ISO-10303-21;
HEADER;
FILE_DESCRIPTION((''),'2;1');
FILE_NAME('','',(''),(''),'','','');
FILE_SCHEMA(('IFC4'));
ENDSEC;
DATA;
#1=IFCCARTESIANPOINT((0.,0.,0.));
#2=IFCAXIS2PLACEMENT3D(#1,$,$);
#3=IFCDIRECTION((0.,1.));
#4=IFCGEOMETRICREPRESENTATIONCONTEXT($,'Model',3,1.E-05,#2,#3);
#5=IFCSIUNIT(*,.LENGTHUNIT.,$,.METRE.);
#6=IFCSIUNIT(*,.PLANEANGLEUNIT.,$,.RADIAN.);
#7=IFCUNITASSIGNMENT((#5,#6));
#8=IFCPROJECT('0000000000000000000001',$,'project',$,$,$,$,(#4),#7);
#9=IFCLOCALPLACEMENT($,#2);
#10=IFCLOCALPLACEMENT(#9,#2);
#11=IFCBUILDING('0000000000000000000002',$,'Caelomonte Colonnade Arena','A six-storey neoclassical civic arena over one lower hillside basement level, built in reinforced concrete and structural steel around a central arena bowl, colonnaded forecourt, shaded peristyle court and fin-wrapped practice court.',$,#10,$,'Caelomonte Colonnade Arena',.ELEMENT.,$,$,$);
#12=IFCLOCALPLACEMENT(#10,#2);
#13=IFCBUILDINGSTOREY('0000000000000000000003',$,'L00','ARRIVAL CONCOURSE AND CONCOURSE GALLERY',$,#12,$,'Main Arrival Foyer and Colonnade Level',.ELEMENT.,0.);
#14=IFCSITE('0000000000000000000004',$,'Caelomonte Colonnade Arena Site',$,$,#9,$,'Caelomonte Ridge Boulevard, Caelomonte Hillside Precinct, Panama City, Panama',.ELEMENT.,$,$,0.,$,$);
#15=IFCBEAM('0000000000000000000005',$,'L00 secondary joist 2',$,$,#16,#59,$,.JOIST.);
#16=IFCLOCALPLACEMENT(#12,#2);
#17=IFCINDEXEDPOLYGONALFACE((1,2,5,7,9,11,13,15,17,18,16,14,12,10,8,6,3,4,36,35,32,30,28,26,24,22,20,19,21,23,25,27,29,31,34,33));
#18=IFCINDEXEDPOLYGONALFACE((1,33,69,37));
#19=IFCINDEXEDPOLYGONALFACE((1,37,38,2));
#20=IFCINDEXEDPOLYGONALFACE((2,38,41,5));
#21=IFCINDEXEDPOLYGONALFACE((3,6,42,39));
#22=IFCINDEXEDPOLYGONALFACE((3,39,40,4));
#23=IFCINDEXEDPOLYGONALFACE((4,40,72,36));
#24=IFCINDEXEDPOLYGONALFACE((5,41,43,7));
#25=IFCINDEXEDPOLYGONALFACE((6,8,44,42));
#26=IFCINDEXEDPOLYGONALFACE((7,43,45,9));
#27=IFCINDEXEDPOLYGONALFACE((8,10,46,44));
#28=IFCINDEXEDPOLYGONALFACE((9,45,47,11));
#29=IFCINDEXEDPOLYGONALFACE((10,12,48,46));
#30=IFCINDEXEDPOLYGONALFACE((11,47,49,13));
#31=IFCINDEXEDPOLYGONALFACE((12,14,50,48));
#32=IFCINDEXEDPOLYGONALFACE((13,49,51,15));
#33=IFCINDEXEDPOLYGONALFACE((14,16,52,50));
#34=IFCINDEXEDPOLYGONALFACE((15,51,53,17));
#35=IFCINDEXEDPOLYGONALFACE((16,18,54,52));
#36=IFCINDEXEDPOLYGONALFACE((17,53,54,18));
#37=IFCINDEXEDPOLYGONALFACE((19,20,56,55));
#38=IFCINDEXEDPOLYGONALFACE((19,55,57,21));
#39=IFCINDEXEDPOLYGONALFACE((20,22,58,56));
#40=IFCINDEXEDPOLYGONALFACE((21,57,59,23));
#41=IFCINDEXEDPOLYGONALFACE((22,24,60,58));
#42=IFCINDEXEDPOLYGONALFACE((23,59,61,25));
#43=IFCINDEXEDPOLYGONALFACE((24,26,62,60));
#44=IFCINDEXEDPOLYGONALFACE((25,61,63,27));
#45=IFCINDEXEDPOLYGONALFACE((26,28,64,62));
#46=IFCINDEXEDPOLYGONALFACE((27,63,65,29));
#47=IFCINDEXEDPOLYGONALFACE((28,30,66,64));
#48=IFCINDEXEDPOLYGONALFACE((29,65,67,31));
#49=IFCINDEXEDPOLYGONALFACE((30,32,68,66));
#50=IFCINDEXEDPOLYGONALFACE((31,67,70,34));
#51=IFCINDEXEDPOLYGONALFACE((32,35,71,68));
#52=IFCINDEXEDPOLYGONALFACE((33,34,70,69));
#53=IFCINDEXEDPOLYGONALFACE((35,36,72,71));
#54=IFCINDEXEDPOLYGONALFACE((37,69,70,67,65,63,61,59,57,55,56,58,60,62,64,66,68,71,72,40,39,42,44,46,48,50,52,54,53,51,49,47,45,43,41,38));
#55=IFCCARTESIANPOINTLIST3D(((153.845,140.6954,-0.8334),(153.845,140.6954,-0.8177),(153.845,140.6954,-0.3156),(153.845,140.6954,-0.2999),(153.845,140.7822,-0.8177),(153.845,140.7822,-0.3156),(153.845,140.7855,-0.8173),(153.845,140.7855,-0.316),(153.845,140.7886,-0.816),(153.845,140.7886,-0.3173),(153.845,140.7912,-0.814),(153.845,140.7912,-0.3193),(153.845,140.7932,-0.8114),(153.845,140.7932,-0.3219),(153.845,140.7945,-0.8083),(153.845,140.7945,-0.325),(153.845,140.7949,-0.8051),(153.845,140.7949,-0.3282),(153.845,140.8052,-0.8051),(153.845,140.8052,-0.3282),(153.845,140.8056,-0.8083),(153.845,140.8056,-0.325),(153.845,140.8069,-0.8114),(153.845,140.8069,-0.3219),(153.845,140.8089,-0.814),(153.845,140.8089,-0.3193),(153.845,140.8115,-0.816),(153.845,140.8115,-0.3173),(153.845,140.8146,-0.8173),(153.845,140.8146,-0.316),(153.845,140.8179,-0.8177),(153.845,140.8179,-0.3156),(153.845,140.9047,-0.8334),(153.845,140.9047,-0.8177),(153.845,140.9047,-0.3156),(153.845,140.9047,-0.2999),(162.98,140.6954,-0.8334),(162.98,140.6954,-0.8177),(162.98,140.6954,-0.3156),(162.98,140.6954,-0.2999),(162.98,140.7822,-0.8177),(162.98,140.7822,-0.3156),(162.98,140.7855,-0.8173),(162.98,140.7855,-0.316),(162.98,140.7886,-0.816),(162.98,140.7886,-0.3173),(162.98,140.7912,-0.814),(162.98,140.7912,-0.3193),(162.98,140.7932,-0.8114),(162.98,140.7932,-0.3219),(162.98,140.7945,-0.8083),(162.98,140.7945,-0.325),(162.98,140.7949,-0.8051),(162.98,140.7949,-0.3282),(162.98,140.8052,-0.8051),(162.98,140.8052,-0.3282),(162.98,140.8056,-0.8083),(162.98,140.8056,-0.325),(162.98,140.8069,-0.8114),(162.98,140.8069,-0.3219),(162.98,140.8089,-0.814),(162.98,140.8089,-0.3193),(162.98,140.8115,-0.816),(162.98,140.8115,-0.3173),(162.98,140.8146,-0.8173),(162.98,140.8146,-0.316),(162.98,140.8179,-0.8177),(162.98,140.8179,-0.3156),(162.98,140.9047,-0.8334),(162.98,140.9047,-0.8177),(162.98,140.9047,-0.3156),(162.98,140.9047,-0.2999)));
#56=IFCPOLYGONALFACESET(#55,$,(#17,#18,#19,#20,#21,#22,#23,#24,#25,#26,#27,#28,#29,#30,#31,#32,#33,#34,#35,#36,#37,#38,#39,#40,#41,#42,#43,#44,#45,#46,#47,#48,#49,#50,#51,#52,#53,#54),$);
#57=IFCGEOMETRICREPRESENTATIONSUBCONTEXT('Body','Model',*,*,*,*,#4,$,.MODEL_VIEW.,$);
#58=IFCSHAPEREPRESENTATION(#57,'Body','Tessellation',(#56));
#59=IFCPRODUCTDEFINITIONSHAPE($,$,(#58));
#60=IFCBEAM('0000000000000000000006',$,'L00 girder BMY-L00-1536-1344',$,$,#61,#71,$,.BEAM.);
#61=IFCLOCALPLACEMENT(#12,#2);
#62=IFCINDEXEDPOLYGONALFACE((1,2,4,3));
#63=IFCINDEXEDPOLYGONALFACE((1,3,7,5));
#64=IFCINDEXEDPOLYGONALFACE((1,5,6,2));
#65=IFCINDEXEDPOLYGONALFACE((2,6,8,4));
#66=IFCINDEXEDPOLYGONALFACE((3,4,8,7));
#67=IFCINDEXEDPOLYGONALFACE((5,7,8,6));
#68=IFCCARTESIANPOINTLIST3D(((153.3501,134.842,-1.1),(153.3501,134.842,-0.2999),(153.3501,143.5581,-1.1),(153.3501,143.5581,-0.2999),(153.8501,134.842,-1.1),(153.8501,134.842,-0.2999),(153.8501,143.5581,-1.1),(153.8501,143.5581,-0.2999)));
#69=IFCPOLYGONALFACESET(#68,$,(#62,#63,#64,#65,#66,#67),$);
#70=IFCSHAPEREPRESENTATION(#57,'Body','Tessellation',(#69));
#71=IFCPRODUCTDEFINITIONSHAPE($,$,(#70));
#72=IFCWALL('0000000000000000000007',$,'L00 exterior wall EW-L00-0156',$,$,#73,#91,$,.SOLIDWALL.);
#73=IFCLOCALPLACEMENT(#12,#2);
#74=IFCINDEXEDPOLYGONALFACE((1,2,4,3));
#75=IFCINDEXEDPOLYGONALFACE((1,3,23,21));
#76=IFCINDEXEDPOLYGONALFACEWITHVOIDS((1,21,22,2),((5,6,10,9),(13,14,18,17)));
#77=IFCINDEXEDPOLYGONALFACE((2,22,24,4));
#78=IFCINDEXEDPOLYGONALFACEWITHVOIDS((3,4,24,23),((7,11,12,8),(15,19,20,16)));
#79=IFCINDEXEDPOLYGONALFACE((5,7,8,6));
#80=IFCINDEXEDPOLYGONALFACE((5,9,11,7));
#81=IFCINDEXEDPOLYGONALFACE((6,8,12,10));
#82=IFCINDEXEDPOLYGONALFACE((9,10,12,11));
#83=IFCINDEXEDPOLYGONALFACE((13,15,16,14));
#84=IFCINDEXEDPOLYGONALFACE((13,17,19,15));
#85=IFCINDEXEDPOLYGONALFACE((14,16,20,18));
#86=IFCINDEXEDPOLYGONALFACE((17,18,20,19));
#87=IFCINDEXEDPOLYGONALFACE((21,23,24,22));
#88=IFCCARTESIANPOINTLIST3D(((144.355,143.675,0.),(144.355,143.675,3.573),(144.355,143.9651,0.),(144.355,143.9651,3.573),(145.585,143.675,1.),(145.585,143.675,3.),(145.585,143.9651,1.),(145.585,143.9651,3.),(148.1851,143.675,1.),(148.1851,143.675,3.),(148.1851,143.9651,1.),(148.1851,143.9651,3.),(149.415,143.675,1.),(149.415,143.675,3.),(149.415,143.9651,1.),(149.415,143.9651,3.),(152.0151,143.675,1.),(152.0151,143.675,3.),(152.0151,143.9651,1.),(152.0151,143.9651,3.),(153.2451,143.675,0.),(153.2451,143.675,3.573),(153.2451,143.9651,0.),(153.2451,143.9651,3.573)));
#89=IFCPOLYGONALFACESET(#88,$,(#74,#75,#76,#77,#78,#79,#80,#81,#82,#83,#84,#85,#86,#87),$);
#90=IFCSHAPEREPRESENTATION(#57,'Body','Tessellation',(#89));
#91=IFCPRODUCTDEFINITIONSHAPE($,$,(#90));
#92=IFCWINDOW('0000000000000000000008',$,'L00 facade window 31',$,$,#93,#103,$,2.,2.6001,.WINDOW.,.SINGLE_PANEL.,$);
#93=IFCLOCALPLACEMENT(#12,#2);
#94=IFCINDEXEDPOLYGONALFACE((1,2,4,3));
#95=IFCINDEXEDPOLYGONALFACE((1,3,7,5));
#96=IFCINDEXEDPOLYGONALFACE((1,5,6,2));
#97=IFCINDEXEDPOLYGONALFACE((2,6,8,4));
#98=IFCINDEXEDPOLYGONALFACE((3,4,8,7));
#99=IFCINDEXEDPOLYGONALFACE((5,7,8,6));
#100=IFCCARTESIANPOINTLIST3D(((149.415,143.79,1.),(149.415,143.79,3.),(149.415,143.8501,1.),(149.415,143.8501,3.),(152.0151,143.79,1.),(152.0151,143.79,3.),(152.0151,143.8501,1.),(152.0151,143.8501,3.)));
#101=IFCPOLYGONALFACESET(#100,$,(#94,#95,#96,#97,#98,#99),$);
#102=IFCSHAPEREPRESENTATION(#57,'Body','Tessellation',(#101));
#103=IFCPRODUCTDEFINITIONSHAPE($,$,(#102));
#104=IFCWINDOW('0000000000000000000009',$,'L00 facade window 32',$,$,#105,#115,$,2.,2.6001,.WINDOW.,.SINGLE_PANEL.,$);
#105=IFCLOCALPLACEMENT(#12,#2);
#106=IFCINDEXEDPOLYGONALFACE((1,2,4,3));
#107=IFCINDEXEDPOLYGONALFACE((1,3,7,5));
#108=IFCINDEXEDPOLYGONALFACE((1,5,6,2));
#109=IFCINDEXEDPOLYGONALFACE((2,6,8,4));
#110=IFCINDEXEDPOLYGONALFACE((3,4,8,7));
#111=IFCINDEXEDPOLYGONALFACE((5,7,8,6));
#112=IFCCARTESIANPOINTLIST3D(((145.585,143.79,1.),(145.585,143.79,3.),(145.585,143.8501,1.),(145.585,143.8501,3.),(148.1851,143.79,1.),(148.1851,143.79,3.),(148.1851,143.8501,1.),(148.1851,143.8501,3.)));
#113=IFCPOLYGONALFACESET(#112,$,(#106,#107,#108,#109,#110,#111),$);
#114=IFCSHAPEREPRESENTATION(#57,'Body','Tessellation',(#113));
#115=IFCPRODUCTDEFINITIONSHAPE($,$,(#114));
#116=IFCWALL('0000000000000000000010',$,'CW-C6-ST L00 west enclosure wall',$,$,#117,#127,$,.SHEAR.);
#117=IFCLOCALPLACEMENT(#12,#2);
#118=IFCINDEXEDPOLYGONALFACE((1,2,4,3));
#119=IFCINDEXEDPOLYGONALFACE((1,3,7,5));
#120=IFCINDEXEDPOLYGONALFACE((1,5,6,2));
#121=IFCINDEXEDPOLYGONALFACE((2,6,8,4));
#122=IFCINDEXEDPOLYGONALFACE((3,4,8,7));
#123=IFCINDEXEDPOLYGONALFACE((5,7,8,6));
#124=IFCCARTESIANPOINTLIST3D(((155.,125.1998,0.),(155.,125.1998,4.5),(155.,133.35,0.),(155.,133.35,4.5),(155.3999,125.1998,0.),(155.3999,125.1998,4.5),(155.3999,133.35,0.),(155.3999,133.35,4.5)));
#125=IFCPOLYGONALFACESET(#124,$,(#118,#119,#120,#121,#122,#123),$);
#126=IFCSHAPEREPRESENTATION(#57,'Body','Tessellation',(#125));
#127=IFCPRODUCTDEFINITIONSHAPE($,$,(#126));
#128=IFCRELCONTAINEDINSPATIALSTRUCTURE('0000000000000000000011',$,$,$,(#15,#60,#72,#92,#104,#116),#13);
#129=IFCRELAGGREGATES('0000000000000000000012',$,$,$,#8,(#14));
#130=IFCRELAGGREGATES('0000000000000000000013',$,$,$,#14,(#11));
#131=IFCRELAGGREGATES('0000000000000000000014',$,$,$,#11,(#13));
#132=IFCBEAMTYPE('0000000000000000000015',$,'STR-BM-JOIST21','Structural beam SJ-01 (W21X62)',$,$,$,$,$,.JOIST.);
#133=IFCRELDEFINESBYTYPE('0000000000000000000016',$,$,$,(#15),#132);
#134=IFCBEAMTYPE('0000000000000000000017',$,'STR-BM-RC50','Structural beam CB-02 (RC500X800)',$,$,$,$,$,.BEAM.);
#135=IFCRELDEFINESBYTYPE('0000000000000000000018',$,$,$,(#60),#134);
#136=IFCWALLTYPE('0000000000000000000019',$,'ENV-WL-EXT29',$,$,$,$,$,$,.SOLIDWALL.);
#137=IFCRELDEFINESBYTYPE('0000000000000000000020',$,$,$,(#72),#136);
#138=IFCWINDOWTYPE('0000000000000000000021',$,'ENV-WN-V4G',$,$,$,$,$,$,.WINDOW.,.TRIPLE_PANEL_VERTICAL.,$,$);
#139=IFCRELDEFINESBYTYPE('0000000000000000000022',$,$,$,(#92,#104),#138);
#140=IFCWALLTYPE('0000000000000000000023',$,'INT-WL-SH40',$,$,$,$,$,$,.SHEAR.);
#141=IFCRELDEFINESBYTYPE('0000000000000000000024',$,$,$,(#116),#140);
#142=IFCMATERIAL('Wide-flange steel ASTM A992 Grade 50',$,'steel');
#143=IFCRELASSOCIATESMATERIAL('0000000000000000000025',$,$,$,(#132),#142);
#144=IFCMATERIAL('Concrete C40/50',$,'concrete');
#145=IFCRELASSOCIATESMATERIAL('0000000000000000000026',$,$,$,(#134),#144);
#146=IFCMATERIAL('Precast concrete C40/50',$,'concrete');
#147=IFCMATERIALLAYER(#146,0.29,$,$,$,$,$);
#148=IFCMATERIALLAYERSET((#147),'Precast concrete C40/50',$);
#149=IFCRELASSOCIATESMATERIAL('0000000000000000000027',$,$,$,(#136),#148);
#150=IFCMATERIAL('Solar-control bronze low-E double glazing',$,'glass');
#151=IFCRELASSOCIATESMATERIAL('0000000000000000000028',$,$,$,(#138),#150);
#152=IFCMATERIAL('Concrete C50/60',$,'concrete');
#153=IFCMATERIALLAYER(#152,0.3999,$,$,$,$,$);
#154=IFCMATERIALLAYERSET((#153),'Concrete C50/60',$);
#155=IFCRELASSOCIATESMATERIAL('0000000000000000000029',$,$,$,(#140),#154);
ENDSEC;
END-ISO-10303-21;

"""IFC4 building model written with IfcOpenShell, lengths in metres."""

from ifc_helpers import new_model, si_unit, direction, frame, frame_2d, origin, origin_2d, place, context, subcontext, project, spatial, rectangle, i_section, extrude, material, layer, layer_set, material_profile, profile_set, type_object, element, fill, save


model = new_model("IFC4")

# Units and contexts
model_context = context("Model", 3, precision=1e-05, world=origin(), true_north=direction((0.0, 1.0)))
body_context = subcontext(model_context, "Body", "Model", "MODEL_VIEW")
ifc_project = project(units=[si_unit("LENGTHUNIT", "METRE"), si_unit("PLANEANGLEUNIT", "RADIAN")], contexts=[model_context])

# Site, building, storey
site_placement = place(None, origin())
site = spatial("IfcSite", under=ifc_project, at=site_placement, Name="Caelomonte Colonnade Arena Site", LongName="Caelomonte Ridge Boulevard, Caelomonte Hillside Precinct, Panama City, Panama", CompositionType="ELEMENT", RefElevation=0.0)
building_placement = place(site_placement, origin())
building = spatial("IfcBuilding", under=site, at=building_placement, Name="Caelomonte Colonnade Arena", Description="A six-storey neoclassical civic arena over one lower hillside basement level, built in reinforced concrete and structural steel around a central arena bowl, colonnaded forecourt, shaded peristyle court and fin-wrapped practice court.", LongName="Caelomonte Colonnade Arena", CompositionType="ELEMENT")
storey_placement = place(building_placement, origin())
storey = spatial("IfcBuildingStorey", under=building, at=storey_placement, Name="L00", Description="ARRIVAL CONCOURSE AND CONCOURSE GALLERY", LongName="Main Arrival Foyer and Colonnade Level", CompositionType="ELEMENT", Elevation=0.0)

# Shared definitions
ifc_material_1 = material(Name="Concrete C40/50", Category="concrete")

# Beams
ifc_material_2 = material(Name="Wide-flange steel ASTM A992 Grade 50", Category="steel")
ifc_material_profile_1 = material_profile(ifc_material_2, i_section(OverallWidth=0.2092, OverallDepth=0.5334, WebThickness=0.0103, FlangeThickness=0.0156, FilletRadius=0.0127, at=origin_2d()), Name="W21X62")
ifc_profile_set_1 = profile_set([ifc_material_profile_1], Name="Wide-flange steel ASTM A992 Grade 50")
beam_type_1 = type_object("IfcBeamType", Name="STR-BM-JOIST21", Description="Structural beam SJ-01 (W21X62)", PredefinedType="JOIST", material=ifc_profile_set_1)
for number, where, z_axis, x_axis, name in (
    (1, (153.845, 140.8, -0.5667), (1.0, 0.0, 0.0), (0.0, 1.0, 0.0), "L00 secondary joist 2"),
):
    element("IfcBeam", number, at=place(storey_placement, frame(where, z_axis=z_axis, x_axis=x_axis)), inside=storey, type_object=beam_type_1, Name=name, PredefinedType="JOIST", context=body_context, shape_type="SweptSolid", body=[
        extrude(i_section(OverallWidth=0.2092, OverallDepth=0.5334, WebThickness=0.0103, FlangeThickness=0.0156, FilletRadius=0.0127, at=origin_2d()), origin(), (0.0, 0.0, 1.0), 9.135),
    ])
ifc_material_profile_2 = material_profile(ifc_material_1, rectangle(XDim=0.5, YDim=0.8, at=origin_2d()), Name="RC500X800")
ifc_profile_set_2 = profile_set([ifc_material_profile_2], Name="Concrete C40/50")
beam_type_2 = type_object("IfcBeamType", Name="STR-BM-RC50", Description="Structural beam CB-02 (RC500X800)", PredefinedType="BEAM", material=ifc_profile_set_2)
beam_placement = place(storey_placement, frame((153.6001, 134.842, -0.7), z_axis=(0.0, 1.0, 0.0), x_axis=(-1.0, 0.0, 0.0)))
element("IfcBeam", 2, at=beam_placement, inside=storey, type_object=beam_type_2, Name="L00 girder BMY-L00-1536-1344", PredefinedType="BEAM", context=body_context, shape_type="SweptSolid", body=[
    extrude(rectangle(XDim=0.5, YDim=0.8, at=origin_2d()), origin(), (0.0, 0.0, 1.0), 8.7161),
])

# Wall, openings, windows
ifc_material_3 = material(Name="Precast concrete C40/50", Category="concrete")
ifc_layer_1 = layer(ifc_material_3, 0.29)
ifc_layer_set_1 = layer_set([ifc_layer_1], Name="Precast concrete C40/50")
wall_type_1 = type_object("IfcWallType", Name="ENV-WL-EXT29", PredefinedType="SOLIDWALL", material=ifc_layer_set_1)
wall_1_placement = place(storey_placement, frame((153.2451, 143.8201, 0.0), z_axis=(0.0, 0.0, 1.0), x_axis=(-1.0, 0.0, 0.0)))
wall_1 = element("IfcWall", 3, at=wall_1_placement, inside=storey, type_object=wall_type_1, Name="L00 exterior wall EW-L00-0156", PredefinedType="SOLIDWALL", context=body_context, shape_type="SweptSolid", body=[
    extrude(rectangle(XDim=8.8901, YDim=0.29, at=frame_2d((4.4451, 0.0))), origin(), (0.0, 0.0, 1.0), 3.573),
])
opening_1_placement = place(wall_1_placement, frame((3.8301, 0.0, 1.0), z_axis=(0.0, 0.0, 1.0), x_axis=(-1.0, 0.0, 0.0)))
opening_1 = element("IfcOpeningElement", 4, at=opening_1_placement, cuts=wall_1, PredefinedType="OPENING", context=body_context, shape_type="SweptSolid", body=[
    extrude(rectangle(XDim=2.6001, YDim=2.0, at=frame_2d((1.3, 1.0))), frame((0.0, 0.155, 0.0), z_axis=(0.0, -1.0, 0.0), x_axis=(1.0, 0.0, 0.0)), (0.0, 0.0, 1.0), 0.3101),
])
opening_2_placement = place(wall_1_placement, frame((7.6602, 0.0, 1.0), z_axis=(0.0, 0.0, 1.0), x_axis=(-1.0, 0.0, 0.0)))
opening_2 = element("IfcOpeningElement", 5, at=opening_2_placement, cuts=wall_1, PredefinedType="OPENING", context=body_context, shape_type="SweptSolid", body=[
    extrude(rectangle(XDim=2.6001, YDim=2.0, at=frame_2d((1.3, 1.0))), frame((0.0, 0.155, 0.0), z_axis=(0.0, -1.0, 0.0), x_axis=(1.0, 0.0, 0.0)), (0.0, 0.0, 1.0), 0.3101),
])
ifc_material_4 = material(Name="Solar-control bronze low-E double glazing", Category="glass")
window_type = type_object("IfcWindowType", Name="ENV-WN-V4G", PartitioningType="TRIPLE_PANEL_VERTICAL", PredefinedType="WINDOW", material=ifc_material_4)
window_1_placement = place(opening_1_placement, origin())
window_1 = element("IfcWindow", 6, at=window_1_placement, inside=storey, type_object=window_type, Name="L00 facade window 31", OverallHeight=2.0, OverallWidth=2.6001, PartitioningType="SINGLE_PANEL", PredefinedType="WINDOW", context=body_context, shape_type="SweptSolid", body=[
    extrude(rectangle(XDim=2.6001, YDim=2.0, at=frame_2d((1.3, 1.0))), frame((0.0, 0.03, 0.0), z_axis=(0.0, -1.0, 0.0), x_axis=(1.0, 0.0, 0.0)), (0.0, 0.0, 1.0), 0.0601),
])
fill(opening_1, window_1)
window_2_placement = place(opening_2_placement, origin())
window_2 = element("IfcWindow", 7, at=window_2_placement, inside=storey, type_object=window_type, Name="L00 facade window 32", OverallHeight=2.0, OverallWidth=2.6001, PartitioningType="SINGLE_PANEL", PredefinedType="WINDOW", context=body_context, shape_type="SweptSolid", body=[
    extrude(rectangle(XDim=2.6001, YDim=2.0, at=frame_2d((1.3, 1.0))), frame((0.0, 0.03, 0.0), z_axis=(0.0, -1.0, 0.0), x_axis=(1.0, 0.0, 0.0)), (0.0, 0.0, 1.0), 0.0601),
])
fill(opening_2, window_2)

# Wall
ifc_material_5 = material(Name="Concrete C50/60", Category="concrete")
ifc_layer_2 = layer(ifc_material_5, 0.3999)
ifc_layer_set_2 = layer_set([ifc_layer_2], Name="Concrete C50/60")
wall_type_2 = type_object("IfcWallType", Name="INT-WL-SH40", PredefinedType="SHEAR", material=ifc_layer_set_2)
wall_2_placement = place(storey_placement, frame((155.2, 133.3501, 0.0), z_axis=(0.0, 0.0, 1.0), x_axis=(0.0, -1.0, 0.0)))
element("IfcWall", 8, at=wall_2_placement, inside=storey, type_object=wall_type_2, Name="CW-C6-ST L00 west enclosure wall", PredefinedType="SHEAR", context=body_context, shape_type="SweptSolid", body=[
    extrude(rectangle(XDim=8.1501, YDim=0.3999, at=frame_2d((4.0752, 0.0))), origin(), (0.0, 0.0, 1.0), 4.5),
])

save(model, "model.ifc")
